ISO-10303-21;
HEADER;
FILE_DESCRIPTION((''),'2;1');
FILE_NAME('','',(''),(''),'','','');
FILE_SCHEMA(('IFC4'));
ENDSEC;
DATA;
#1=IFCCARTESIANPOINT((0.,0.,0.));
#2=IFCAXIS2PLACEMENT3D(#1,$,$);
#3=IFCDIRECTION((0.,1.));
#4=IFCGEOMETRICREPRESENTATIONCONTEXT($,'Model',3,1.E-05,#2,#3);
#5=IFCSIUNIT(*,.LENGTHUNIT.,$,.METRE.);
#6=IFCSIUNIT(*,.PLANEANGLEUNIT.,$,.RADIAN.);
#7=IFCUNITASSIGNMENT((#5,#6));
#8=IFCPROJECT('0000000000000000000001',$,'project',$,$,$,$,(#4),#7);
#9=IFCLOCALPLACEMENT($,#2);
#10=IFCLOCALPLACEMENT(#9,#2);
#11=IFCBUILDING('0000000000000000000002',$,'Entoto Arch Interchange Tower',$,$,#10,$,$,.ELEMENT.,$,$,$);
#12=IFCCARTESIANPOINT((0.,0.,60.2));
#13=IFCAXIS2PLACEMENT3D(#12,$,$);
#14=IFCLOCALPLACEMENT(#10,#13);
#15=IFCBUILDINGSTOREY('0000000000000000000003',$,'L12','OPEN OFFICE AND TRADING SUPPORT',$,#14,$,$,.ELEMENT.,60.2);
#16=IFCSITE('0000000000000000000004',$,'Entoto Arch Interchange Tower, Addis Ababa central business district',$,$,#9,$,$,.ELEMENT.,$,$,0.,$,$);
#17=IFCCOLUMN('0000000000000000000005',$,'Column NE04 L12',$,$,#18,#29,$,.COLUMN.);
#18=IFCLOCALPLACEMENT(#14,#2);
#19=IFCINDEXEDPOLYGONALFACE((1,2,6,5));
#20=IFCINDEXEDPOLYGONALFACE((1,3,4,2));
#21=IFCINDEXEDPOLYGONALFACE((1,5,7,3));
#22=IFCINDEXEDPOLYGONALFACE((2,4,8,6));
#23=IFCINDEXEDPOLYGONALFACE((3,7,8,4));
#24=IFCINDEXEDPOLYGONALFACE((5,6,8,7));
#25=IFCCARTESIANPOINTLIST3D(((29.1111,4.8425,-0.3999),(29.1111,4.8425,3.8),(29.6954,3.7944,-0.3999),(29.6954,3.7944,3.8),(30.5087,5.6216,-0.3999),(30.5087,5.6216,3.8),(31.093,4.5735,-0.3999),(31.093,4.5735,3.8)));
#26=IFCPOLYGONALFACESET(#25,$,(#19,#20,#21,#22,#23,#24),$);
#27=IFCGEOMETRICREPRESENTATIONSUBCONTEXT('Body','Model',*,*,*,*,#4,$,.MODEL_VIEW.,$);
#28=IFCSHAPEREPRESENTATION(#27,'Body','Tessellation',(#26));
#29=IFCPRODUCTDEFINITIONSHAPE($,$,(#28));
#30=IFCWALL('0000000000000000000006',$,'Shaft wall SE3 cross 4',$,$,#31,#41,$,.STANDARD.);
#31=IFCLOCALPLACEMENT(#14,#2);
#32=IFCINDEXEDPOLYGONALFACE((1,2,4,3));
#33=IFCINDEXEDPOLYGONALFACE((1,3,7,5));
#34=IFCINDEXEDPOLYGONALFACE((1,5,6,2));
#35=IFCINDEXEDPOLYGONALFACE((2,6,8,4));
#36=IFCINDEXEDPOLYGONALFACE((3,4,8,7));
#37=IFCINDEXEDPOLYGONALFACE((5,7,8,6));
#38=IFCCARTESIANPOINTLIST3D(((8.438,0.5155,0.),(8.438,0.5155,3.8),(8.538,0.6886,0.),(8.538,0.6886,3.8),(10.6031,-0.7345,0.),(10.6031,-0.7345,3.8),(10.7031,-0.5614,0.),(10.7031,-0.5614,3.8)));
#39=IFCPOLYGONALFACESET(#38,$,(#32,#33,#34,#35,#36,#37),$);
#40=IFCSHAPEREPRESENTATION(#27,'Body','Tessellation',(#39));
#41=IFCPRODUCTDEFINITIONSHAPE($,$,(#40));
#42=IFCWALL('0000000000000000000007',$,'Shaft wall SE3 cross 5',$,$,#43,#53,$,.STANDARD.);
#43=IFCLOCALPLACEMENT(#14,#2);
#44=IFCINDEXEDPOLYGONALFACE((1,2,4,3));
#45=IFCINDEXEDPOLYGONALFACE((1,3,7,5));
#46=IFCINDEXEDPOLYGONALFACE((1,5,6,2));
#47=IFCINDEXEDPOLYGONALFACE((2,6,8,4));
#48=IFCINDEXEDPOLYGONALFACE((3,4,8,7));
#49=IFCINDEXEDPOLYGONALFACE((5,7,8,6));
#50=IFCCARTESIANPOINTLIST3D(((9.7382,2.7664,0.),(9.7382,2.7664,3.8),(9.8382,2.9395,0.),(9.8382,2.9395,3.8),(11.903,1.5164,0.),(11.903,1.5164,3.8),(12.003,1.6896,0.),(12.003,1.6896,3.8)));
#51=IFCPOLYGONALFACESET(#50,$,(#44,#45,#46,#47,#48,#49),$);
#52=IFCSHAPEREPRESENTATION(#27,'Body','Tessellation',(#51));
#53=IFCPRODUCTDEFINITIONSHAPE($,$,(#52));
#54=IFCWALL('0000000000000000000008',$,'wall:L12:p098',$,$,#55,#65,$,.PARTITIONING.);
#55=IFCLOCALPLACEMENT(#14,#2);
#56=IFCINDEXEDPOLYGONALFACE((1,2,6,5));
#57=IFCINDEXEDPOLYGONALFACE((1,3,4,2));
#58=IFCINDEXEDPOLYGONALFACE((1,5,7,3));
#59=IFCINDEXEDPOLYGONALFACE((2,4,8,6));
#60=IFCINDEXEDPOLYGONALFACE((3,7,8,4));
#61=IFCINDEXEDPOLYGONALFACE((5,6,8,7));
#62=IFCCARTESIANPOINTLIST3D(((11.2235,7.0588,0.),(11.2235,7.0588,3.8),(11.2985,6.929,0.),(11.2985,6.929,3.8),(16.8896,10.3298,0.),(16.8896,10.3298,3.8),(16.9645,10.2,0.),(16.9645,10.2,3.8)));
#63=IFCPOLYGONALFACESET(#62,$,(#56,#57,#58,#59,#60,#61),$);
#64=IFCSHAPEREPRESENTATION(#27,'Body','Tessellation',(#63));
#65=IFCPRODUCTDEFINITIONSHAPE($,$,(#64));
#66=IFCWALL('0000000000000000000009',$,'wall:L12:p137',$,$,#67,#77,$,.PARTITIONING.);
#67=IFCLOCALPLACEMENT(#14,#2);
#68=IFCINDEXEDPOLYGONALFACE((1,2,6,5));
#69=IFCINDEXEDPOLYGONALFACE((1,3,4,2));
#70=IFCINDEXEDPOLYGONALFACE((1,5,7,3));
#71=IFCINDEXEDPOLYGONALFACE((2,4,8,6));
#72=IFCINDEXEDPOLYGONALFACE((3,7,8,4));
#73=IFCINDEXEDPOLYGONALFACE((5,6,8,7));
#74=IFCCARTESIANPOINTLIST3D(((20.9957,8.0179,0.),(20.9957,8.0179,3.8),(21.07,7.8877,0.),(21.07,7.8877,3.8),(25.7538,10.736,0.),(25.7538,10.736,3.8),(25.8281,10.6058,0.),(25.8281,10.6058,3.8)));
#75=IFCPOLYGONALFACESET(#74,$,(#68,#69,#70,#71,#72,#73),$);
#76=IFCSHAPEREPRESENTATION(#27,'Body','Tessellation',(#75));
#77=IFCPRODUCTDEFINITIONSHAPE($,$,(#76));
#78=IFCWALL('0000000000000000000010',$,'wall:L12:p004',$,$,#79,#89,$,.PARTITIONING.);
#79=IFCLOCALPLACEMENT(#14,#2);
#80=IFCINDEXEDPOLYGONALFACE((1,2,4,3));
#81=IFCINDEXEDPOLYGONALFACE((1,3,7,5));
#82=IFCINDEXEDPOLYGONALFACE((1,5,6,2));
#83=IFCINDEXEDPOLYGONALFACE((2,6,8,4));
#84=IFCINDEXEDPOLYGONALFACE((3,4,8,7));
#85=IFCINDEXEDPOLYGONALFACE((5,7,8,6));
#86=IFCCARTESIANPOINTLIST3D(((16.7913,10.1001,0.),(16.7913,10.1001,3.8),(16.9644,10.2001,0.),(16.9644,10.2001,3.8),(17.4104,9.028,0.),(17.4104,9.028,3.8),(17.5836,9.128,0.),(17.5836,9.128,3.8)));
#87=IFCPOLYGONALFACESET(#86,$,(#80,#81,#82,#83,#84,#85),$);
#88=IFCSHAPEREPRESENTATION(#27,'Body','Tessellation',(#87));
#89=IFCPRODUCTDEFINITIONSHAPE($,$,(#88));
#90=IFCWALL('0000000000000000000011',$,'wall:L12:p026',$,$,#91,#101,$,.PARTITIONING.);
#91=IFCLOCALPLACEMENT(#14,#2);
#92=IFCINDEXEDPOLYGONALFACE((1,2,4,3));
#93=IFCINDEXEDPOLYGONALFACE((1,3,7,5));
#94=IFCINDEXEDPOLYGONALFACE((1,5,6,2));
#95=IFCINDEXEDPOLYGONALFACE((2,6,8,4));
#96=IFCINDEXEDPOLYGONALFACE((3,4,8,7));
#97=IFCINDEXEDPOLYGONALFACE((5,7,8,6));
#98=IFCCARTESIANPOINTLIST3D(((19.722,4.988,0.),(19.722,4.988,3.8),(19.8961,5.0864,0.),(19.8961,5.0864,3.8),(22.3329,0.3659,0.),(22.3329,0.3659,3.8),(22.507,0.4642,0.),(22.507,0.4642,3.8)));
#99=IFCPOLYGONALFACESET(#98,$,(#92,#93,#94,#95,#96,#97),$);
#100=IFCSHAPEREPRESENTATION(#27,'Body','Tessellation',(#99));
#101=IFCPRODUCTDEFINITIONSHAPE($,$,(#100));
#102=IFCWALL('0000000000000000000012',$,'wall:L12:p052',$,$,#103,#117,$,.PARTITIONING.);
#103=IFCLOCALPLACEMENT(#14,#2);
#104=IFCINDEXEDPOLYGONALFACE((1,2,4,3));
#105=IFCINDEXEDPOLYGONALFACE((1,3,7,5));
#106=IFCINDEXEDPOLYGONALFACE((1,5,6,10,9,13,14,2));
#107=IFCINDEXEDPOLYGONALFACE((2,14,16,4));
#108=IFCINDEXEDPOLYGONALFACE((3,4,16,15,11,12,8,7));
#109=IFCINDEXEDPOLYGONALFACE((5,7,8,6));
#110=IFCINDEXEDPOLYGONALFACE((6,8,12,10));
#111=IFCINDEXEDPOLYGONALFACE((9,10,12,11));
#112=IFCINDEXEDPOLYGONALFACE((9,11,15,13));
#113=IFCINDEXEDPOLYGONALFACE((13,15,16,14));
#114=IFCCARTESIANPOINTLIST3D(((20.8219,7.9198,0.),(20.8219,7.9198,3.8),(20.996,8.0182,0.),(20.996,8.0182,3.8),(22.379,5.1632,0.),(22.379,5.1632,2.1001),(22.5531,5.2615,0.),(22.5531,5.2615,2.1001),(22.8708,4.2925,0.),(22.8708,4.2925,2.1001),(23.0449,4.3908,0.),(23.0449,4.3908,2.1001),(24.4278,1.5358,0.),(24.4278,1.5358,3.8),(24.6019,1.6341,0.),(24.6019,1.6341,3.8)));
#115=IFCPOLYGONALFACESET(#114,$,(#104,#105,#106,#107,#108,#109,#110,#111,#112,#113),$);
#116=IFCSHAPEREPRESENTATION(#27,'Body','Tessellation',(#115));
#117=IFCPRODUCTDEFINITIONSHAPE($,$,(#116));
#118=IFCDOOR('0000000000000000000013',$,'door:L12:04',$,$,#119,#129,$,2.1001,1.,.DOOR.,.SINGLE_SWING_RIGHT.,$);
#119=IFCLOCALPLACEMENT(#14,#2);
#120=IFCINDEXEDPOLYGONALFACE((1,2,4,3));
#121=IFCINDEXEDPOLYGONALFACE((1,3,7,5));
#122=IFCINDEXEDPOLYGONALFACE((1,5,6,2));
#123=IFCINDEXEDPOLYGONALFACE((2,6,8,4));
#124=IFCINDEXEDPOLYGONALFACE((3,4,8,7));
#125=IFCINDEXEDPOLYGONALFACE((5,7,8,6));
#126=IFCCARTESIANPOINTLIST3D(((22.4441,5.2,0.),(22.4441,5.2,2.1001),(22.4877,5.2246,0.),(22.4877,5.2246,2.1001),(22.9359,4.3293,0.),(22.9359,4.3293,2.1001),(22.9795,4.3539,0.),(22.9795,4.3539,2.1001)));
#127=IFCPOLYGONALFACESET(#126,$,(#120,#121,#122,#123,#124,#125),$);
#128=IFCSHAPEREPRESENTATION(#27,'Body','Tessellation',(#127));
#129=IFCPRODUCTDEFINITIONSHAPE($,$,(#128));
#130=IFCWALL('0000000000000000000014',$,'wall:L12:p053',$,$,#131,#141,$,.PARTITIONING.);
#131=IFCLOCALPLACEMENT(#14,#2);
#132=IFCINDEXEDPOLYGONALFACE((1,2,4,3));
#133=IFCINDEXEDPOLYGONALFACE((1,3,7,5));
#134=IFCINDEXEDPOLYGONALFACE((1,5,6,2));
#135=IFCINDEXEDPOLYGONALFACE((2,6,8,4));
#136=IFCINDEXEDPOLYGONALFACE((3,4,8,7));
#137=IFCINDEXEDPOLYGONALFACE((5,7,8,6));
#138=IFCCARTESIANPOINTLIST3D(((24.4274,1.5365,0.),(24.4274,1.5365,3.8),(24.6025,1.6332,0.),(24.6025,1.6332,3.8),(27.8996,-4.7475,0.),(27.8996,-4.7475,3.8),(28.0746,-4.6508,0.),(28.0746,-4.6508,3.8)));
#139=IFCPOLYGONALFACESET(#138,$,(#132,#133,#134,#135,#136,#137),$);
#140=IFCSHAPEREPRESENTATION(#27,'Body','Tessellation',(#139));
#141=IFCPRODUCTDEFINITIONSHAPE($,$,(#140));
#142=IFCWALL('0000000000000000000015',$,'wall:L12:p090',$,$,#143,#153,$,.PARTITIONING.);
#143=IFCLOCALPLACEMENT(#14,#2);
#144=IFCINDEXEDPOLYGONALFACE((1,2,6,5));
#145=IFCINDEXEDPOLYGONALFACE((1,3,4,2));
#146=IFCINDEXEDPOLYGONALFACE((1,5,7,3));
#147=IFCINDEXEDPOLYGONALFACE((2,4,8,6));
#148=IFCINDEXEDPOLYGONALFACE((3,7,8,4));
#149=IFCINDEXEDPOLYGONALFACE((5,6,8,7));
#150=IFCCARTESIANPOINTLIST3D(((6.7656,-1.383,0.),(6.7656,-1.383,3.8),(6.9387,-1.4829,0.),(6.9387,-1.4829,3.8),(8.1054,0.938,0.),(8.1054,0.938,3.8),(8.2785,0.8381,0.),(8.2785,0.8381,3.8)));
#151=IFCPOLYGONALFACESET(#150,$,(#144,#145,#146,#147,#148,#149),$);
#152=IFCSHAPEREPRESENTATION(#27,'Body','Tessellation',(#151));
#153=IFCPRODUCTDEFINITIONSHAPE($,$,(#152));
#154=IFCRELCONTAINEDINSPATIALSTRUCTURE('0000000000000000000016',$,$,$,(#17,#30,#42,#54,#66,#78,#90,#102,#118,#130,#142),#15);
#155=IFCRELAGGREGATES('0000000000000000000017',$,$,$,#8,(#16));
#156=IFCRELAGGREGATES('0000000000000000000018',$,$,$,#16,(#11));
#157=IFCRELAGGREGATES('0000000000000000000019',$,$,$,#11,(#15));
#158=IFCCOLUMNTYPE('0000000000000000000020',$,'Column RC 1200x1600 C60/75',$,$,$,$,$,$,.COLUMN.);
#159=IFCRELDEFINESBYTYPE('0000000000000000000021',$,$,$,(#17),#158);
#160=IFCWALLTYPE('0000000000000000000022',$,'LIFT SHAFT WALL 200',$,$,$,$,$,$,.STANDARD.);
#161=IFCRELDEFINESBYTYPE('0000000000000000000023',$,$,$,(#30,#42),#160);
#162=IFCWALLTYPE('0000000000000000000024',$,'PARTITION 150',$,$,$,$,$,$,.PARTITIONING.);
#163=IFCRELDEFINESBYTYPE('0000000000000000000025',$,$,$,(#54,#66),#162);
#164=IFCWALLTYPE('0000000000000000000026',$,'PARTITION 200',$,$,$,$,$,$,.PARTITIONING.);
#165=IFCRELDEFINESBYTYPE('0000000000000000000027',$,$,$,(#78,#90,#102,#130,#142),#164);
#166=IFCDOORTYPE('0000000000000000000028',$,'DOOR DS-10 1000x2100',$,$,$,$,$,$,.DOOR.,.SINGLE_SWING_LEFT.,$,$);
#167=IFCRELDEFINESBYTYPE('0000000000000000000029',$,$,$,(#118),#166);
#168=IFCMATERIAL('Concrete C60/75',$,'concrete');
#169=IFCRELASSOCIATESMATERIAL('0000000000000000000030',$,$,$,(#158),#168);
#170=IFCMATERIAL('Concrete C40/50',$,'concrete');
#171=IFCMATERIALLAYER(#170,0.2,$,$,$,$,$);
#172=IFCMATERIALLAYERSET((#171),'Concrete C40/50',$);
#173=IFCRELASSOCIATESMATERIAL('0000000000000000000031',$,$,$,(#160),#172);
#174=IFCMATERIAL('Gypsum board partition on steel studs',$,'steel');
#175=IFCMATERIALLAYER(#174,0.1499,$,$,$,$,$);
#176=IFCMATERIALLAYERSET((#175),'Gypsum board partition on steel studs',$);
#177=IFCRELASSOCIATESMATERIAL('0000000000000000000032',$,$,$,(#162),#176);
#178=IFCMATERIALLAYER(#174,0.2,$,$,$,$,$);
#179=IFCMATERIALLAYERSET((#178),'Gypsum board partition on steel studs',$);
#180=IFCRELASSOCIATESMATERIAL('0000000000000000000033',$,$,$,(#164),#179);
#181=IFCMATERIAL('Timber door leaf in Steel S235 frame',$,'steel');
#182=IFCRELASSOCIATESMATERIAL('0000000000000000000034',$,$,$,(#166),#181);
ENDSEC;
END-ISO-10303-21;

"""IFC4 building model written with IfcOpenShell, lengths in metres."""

from ifc_helpers import new_model, si_unit, direction, frame, frame_2d, origin, origin_2d, place, context, subcontext, project, spatial, rectangle, extrude, material, layer, layer_set, material_profile, profile_set, type_object, element, fill, save


model = new_model("IFC4")

# Units and contexts
model_context = context("Model", 3, precision=1e-05, world=origin(), true_north=direction((0.0, 1.0)))
body_context = subcontext(model_context, "Body", "Model", "MODEL_VIEW")
ifc_project = project(units=[si_unit("LENGTHUNIT", "METRE"), si_unit("PLANEANGLEUNIT", "RADIAN")], contexts=[model_context])

# Site, building, storey
site_placement = place(None, origin())
site = spatial("IfcSite", under=ifc_project, at=site_placement, Name="Entoto Arch Interchange Tower, Addis Ababa central business district", CompositionType="ELEMENT", RefElevation=0.0)
building_placement = place(site_placement, origin())
building = spatial("IfcBuilding", under=site, at=building_placement, Name="Entoto Arch Interchange Tower", CompositionType="ELEMENT")
storey_placement = place(building_placement, frame((0.0, 0.0, 60.2)))
storey = spatial("IfcBuildingStorey", under=building, at=storey_placement, Name="L12", Description="OPEN OFFICE AND TRADING SUPPORT", CompositionType="ELEMENT", Elevation=60.2)

# Column
ifc_material_1 = material(Name="Concrete C60/75", Category="concrete")
ifc_material_profile = material_profile(ifc_material_1, rectangle(XDim=1.2, YDim=1.6001, at=origin_2d()))
ifc_profile_set = profile_set([ifc_material_profile], Name="Concrete C60/75")
column_type = type_object("IfcColumnType", Name="Column RC 1200x1600 C60/75", PredefinedType="COLUMN", material=ifc_profile_set)
column_placement = place(storey_placement, frame((30.1021, 4.708, -0.3999), z_axis=(0.0, 0.0, 1.0), x_axis=(-0.486915, 0.873449, 0.0)))
element("IfcColumn", 1, at=column_placement, inside=storey, type_object=column_type, Name="Column NE04 L12", PredefinedType="COLUMN", context=body_context, shape_type="SweptSolid", body=[
    extrude(rectangle(XDim=1.2, YDim=1.6001, at=origin_2d()), origin(), (0.0, 0.0, 1.0), 4.2),
])

# Walls
ifc_material_2 = material(Name="Concrete C40/50", Category="concrete")
ifc_layer_1 = layer(ifc_material_2, 0.2)
ifc_layer_set_1 = layer_set([ifc_layer_1], Name="Concrete C40/50")
wall_type_1 = type_object("IfcWallType", Name="LIFT SHAFT WALL 200", PredefinedType="STANDARD", material=ifc_layer_set_1)
wall_1_placement = place(storey_placement, frame((8.488, 0.6021, 0.0), z_axis=(0.0, 0.0, 1.0), x_axis=(0.866023, -0.500004, 0.0)))
element("IfcWall", 2, at=wall_1_placement, inside=storey, type_object=wall_type_1, Name="Shaft wall SE3 cross 4", PredefinedType="STANDARD", context=body_context, shape_type="SweptSolid", body=[
    extrude(rectangle(XDim=2.5, YDim=0.2, at=frame_2d((1.25, 0.0))), origin(), (0.0, 0.0, 1.0), 3.8),
])
wall_2_placement = place(storey_placement, frame((9.7881, 2.853, 0.0), z_axis=(0.0, 0.0, 1.0), x_axis=(0.865999, -0.500047, 0.0)))
element("IfcWall", 3, at=wall_2_placement, inside=storey, type_object=wall_type_1, Name="Shaft wall SE3 cross 5", PredefinedType="STANDARD", context=body_context, shape_type="SweptSolid", body=[
    extrude(rectangle(XDim=2.4998, YDim=0.2, at=frame_2d((1.25, 0.0))), origin(), (0.0, 0.0, 1.0), 3.8),
])
ifc_material_3 = material(Name="Gypsum board partition on steel studs", Category="steel")
ifc_layer_2 = layer(ifc_material_3, 0.1499)
ifc_layer_set_2 = layer_set([ifc_layer_2], Name="Gypsum board partition on steel studs")
wall_type_2 = type_object("IfcWallType", Name="PARTITION 150", PredefinedType="PARTITIONING", material=ifc_layer_set_2)
wall_3_placement = place(storey_placement, frame((11.261, 6.9939, 0.0), z_axis=(0.0, 0.0, 1.0), x_axis=(0.866044, 0.499968, 0.0)))
element("IfcWall", 4, at=wall_3_placement, inside=storey, type_object=wall_type_2, Name="wall:L12:p098", PredefinedType="PARTITIONING", context=body_context, shape_type="SweptSolid", body=[
    extrude(rectangle(XDim=6.5425, YDim=0.1499, at=frame_2d((3.2712, 0.0))), origin(), (0.0, 0.0, 1.0), 3.8),
])
wall_4_placement = place(storey_placement, frame((21.033, 7.9529, 0.0), z_axis=(0.0, 0.0, 1.0), x_axis=(0.868312, 0.496019, 0.0)))
element("IfcWall", 5, at=wall_4_placement, inside=storey, type_object=wall_type_2, Name="wall:L12:p137", PredefinedType="PARTITIONING", context=body_context, shape_type="SweptSolid", body=[
    extrude(rectangle(XDim=5.4797, YDim=0.1499, at=frame_2d((2.7397, 0.0))), origin(), (0.0, 0.0, 1.0), 3.8),
])
ifc_layer_3 = layer(ifc_material_3, 0.2)
ifc_layer_set_3 = layer_set([ifc_layer_3], Name="Gypsum board partition on steel studs")
wall_type_3 = type_object("IfcWallType", Name="PARTITION 200", PredefinedType="PARTITIONING", material=ifc_layer_set_3)
wall_5_placement = place(storey_placement, frame((17.4971, 9.0779, 0.0), z_axis=(0.0, 0.0, 1.0), x_axis=(-0.500126, 0.865952, 0.0)))
element("IfcWall", 6, at=wall_5_placement, inside=storey, type_object=wall_type_3, Name="wall:L12:p004", PredefinedType="PARTITIONING", context=body_context, shape_type="SweptSolid", body=[
    extrude(rectangle(XDim=1.238, YDim=0.2, at=frame_2d((0.6191, 0.0))), origin(), (0.0, 0.0, 1.0), 3.8),
])
wall_6_placement = place(storey_placement, frame((22.4199, 0.415, 0.0), z_axis=(0.0, 0.0, 1.0), x_axis=(-0.491824, 0.870695, 0.0)))
element("IfcWall", 7, at=wall_6_placement, inside=storey, type_object=wall_type_3, Name="wall:L12:p026", PredefinedType="PARTITIONING", context=body_context, shape_type="SweptSolid", body=[
    extrude(rectangle(XDim=5.3086, YDim=0.2, at=frame_2d((2.6543, 0.0))), origin(), (0.0, 0.0, 1.0), 3.8),
])

# Wall, opening, door
wall_7_placement = place(storey_placement, frame((20.9089, 7.969, 0.0), z_axis=(0.0, 0.0, 1.0), x_axis=(0.491808, -0.870704, 0.0)))
wall_7 = element("IfcWall", 8, at=wall_7_placement, inside=storey, type_object=wall_type_3, Name="wall:L12:p052", PredefinedType="PARTITIONING", context=body_context, shape_type="SweptSolid", body=[
    extrude(rectangle(XDim=7.332, YDim=0.2, at=frame_2d((3.666, 0.0))), origin(), (0.0, 0.0, 1.0), 3.8),
])
opening_1_placement = place(wall_7_placement, frame((3.166, 0.0, 0.0)))
opening_1 = element("IfcOpeningElement", 9, at=opening_1_placement, cuts=wall_7, PredefinedType="OPENING", context=body_context, shape_type="SweptSolid", body=[
    extrude(rectangle(XDim=1.0, YDim=2.1001, at=frame_2d((0.5, 1.05))), frame((0.0, 0.1099, 0.0), z_axis=(0.0, -1.0, 0.0), x_axis=(1.0, 0.0, 0.0)), (0.0, 0.0, 1.0), 0.22),
])
ifc_material_4 = material(Name="Timber door leaf in Steel S235 frame", Category="steel")
door_type = type_object("IfcDoorType", Name="DOOR DS-10 1000x2100", OperationType="SINGLE_SWING_LEFT", PredefinedType="DOOR", material=ifc_material_4)
door_1_placement = place(opening_1_placement, origin())
door_1 = element("IfcDoor", 10, at=door_1_placement, inside=storey, type_object=door_type, Name="door:L12:04", OperationType="SINGLE_SWING_RIGHT", OverallHeight=2.1001, OverallWidth=1.0, PredefinedType="DOOR", context=body_context, shape_type="SweptSolid", body=[
    extrude(rectangle(XDim=1.0, YDim=2.1001, at=frame_2d((0.5, 1.05))), frame((0.0, 0.0249, 0.0), z_axis=(0.0, -1.0, 0.0), x_axis=(1.0, 0.0, 0.0)), (0.0, 0.0, 1.0), 0.05),
])
fill(opening_1, door_1)

# Walls
wall_8_placement = place(storey_placement, frame((24.5149, 1.585, 0.0), z_axis=(0.0, 0.0, 1.0), x_axis=(0.483629, -0.875273, 0.0)))
element("IfcWall", 11, at=wall_8_placement, inside=storey, type_object=wall_type_3, Name="wall:L12:p053", PredefinedType="PARTITIONING", context=body_context, shape_type="SweptSolid", body=[
    extrude(rectangle(XDim=7.1794, YDim=0.2, at=frame_2d((3.5898, 0.0))), origin(), (0.0, 0.0, 1.0), 3.8),
])
wall_9_placement = place(storey_placement, frame((8.1919, 0.8879, 0.0), z_axis=(0.0, 0.0, 1.0), x_axis=(-0.499941, -0.86606, 0.0)))
element("IfcWall", 12, at=wall_9_placement, inside=storey, type_object=wall_type_3, Name="wall:L12:p090", PredefinedType="PARTITIONING", context=body_context, shape_type="SweptSolid", body=[
    extrude(rectangle(XDim=2.6799, YDim=0.2, at=frame_2d((1.3398, 0.0))), origin(), (0.0, 0.0, 1.0), 3.8),
])

save(model, "model.ifc")
